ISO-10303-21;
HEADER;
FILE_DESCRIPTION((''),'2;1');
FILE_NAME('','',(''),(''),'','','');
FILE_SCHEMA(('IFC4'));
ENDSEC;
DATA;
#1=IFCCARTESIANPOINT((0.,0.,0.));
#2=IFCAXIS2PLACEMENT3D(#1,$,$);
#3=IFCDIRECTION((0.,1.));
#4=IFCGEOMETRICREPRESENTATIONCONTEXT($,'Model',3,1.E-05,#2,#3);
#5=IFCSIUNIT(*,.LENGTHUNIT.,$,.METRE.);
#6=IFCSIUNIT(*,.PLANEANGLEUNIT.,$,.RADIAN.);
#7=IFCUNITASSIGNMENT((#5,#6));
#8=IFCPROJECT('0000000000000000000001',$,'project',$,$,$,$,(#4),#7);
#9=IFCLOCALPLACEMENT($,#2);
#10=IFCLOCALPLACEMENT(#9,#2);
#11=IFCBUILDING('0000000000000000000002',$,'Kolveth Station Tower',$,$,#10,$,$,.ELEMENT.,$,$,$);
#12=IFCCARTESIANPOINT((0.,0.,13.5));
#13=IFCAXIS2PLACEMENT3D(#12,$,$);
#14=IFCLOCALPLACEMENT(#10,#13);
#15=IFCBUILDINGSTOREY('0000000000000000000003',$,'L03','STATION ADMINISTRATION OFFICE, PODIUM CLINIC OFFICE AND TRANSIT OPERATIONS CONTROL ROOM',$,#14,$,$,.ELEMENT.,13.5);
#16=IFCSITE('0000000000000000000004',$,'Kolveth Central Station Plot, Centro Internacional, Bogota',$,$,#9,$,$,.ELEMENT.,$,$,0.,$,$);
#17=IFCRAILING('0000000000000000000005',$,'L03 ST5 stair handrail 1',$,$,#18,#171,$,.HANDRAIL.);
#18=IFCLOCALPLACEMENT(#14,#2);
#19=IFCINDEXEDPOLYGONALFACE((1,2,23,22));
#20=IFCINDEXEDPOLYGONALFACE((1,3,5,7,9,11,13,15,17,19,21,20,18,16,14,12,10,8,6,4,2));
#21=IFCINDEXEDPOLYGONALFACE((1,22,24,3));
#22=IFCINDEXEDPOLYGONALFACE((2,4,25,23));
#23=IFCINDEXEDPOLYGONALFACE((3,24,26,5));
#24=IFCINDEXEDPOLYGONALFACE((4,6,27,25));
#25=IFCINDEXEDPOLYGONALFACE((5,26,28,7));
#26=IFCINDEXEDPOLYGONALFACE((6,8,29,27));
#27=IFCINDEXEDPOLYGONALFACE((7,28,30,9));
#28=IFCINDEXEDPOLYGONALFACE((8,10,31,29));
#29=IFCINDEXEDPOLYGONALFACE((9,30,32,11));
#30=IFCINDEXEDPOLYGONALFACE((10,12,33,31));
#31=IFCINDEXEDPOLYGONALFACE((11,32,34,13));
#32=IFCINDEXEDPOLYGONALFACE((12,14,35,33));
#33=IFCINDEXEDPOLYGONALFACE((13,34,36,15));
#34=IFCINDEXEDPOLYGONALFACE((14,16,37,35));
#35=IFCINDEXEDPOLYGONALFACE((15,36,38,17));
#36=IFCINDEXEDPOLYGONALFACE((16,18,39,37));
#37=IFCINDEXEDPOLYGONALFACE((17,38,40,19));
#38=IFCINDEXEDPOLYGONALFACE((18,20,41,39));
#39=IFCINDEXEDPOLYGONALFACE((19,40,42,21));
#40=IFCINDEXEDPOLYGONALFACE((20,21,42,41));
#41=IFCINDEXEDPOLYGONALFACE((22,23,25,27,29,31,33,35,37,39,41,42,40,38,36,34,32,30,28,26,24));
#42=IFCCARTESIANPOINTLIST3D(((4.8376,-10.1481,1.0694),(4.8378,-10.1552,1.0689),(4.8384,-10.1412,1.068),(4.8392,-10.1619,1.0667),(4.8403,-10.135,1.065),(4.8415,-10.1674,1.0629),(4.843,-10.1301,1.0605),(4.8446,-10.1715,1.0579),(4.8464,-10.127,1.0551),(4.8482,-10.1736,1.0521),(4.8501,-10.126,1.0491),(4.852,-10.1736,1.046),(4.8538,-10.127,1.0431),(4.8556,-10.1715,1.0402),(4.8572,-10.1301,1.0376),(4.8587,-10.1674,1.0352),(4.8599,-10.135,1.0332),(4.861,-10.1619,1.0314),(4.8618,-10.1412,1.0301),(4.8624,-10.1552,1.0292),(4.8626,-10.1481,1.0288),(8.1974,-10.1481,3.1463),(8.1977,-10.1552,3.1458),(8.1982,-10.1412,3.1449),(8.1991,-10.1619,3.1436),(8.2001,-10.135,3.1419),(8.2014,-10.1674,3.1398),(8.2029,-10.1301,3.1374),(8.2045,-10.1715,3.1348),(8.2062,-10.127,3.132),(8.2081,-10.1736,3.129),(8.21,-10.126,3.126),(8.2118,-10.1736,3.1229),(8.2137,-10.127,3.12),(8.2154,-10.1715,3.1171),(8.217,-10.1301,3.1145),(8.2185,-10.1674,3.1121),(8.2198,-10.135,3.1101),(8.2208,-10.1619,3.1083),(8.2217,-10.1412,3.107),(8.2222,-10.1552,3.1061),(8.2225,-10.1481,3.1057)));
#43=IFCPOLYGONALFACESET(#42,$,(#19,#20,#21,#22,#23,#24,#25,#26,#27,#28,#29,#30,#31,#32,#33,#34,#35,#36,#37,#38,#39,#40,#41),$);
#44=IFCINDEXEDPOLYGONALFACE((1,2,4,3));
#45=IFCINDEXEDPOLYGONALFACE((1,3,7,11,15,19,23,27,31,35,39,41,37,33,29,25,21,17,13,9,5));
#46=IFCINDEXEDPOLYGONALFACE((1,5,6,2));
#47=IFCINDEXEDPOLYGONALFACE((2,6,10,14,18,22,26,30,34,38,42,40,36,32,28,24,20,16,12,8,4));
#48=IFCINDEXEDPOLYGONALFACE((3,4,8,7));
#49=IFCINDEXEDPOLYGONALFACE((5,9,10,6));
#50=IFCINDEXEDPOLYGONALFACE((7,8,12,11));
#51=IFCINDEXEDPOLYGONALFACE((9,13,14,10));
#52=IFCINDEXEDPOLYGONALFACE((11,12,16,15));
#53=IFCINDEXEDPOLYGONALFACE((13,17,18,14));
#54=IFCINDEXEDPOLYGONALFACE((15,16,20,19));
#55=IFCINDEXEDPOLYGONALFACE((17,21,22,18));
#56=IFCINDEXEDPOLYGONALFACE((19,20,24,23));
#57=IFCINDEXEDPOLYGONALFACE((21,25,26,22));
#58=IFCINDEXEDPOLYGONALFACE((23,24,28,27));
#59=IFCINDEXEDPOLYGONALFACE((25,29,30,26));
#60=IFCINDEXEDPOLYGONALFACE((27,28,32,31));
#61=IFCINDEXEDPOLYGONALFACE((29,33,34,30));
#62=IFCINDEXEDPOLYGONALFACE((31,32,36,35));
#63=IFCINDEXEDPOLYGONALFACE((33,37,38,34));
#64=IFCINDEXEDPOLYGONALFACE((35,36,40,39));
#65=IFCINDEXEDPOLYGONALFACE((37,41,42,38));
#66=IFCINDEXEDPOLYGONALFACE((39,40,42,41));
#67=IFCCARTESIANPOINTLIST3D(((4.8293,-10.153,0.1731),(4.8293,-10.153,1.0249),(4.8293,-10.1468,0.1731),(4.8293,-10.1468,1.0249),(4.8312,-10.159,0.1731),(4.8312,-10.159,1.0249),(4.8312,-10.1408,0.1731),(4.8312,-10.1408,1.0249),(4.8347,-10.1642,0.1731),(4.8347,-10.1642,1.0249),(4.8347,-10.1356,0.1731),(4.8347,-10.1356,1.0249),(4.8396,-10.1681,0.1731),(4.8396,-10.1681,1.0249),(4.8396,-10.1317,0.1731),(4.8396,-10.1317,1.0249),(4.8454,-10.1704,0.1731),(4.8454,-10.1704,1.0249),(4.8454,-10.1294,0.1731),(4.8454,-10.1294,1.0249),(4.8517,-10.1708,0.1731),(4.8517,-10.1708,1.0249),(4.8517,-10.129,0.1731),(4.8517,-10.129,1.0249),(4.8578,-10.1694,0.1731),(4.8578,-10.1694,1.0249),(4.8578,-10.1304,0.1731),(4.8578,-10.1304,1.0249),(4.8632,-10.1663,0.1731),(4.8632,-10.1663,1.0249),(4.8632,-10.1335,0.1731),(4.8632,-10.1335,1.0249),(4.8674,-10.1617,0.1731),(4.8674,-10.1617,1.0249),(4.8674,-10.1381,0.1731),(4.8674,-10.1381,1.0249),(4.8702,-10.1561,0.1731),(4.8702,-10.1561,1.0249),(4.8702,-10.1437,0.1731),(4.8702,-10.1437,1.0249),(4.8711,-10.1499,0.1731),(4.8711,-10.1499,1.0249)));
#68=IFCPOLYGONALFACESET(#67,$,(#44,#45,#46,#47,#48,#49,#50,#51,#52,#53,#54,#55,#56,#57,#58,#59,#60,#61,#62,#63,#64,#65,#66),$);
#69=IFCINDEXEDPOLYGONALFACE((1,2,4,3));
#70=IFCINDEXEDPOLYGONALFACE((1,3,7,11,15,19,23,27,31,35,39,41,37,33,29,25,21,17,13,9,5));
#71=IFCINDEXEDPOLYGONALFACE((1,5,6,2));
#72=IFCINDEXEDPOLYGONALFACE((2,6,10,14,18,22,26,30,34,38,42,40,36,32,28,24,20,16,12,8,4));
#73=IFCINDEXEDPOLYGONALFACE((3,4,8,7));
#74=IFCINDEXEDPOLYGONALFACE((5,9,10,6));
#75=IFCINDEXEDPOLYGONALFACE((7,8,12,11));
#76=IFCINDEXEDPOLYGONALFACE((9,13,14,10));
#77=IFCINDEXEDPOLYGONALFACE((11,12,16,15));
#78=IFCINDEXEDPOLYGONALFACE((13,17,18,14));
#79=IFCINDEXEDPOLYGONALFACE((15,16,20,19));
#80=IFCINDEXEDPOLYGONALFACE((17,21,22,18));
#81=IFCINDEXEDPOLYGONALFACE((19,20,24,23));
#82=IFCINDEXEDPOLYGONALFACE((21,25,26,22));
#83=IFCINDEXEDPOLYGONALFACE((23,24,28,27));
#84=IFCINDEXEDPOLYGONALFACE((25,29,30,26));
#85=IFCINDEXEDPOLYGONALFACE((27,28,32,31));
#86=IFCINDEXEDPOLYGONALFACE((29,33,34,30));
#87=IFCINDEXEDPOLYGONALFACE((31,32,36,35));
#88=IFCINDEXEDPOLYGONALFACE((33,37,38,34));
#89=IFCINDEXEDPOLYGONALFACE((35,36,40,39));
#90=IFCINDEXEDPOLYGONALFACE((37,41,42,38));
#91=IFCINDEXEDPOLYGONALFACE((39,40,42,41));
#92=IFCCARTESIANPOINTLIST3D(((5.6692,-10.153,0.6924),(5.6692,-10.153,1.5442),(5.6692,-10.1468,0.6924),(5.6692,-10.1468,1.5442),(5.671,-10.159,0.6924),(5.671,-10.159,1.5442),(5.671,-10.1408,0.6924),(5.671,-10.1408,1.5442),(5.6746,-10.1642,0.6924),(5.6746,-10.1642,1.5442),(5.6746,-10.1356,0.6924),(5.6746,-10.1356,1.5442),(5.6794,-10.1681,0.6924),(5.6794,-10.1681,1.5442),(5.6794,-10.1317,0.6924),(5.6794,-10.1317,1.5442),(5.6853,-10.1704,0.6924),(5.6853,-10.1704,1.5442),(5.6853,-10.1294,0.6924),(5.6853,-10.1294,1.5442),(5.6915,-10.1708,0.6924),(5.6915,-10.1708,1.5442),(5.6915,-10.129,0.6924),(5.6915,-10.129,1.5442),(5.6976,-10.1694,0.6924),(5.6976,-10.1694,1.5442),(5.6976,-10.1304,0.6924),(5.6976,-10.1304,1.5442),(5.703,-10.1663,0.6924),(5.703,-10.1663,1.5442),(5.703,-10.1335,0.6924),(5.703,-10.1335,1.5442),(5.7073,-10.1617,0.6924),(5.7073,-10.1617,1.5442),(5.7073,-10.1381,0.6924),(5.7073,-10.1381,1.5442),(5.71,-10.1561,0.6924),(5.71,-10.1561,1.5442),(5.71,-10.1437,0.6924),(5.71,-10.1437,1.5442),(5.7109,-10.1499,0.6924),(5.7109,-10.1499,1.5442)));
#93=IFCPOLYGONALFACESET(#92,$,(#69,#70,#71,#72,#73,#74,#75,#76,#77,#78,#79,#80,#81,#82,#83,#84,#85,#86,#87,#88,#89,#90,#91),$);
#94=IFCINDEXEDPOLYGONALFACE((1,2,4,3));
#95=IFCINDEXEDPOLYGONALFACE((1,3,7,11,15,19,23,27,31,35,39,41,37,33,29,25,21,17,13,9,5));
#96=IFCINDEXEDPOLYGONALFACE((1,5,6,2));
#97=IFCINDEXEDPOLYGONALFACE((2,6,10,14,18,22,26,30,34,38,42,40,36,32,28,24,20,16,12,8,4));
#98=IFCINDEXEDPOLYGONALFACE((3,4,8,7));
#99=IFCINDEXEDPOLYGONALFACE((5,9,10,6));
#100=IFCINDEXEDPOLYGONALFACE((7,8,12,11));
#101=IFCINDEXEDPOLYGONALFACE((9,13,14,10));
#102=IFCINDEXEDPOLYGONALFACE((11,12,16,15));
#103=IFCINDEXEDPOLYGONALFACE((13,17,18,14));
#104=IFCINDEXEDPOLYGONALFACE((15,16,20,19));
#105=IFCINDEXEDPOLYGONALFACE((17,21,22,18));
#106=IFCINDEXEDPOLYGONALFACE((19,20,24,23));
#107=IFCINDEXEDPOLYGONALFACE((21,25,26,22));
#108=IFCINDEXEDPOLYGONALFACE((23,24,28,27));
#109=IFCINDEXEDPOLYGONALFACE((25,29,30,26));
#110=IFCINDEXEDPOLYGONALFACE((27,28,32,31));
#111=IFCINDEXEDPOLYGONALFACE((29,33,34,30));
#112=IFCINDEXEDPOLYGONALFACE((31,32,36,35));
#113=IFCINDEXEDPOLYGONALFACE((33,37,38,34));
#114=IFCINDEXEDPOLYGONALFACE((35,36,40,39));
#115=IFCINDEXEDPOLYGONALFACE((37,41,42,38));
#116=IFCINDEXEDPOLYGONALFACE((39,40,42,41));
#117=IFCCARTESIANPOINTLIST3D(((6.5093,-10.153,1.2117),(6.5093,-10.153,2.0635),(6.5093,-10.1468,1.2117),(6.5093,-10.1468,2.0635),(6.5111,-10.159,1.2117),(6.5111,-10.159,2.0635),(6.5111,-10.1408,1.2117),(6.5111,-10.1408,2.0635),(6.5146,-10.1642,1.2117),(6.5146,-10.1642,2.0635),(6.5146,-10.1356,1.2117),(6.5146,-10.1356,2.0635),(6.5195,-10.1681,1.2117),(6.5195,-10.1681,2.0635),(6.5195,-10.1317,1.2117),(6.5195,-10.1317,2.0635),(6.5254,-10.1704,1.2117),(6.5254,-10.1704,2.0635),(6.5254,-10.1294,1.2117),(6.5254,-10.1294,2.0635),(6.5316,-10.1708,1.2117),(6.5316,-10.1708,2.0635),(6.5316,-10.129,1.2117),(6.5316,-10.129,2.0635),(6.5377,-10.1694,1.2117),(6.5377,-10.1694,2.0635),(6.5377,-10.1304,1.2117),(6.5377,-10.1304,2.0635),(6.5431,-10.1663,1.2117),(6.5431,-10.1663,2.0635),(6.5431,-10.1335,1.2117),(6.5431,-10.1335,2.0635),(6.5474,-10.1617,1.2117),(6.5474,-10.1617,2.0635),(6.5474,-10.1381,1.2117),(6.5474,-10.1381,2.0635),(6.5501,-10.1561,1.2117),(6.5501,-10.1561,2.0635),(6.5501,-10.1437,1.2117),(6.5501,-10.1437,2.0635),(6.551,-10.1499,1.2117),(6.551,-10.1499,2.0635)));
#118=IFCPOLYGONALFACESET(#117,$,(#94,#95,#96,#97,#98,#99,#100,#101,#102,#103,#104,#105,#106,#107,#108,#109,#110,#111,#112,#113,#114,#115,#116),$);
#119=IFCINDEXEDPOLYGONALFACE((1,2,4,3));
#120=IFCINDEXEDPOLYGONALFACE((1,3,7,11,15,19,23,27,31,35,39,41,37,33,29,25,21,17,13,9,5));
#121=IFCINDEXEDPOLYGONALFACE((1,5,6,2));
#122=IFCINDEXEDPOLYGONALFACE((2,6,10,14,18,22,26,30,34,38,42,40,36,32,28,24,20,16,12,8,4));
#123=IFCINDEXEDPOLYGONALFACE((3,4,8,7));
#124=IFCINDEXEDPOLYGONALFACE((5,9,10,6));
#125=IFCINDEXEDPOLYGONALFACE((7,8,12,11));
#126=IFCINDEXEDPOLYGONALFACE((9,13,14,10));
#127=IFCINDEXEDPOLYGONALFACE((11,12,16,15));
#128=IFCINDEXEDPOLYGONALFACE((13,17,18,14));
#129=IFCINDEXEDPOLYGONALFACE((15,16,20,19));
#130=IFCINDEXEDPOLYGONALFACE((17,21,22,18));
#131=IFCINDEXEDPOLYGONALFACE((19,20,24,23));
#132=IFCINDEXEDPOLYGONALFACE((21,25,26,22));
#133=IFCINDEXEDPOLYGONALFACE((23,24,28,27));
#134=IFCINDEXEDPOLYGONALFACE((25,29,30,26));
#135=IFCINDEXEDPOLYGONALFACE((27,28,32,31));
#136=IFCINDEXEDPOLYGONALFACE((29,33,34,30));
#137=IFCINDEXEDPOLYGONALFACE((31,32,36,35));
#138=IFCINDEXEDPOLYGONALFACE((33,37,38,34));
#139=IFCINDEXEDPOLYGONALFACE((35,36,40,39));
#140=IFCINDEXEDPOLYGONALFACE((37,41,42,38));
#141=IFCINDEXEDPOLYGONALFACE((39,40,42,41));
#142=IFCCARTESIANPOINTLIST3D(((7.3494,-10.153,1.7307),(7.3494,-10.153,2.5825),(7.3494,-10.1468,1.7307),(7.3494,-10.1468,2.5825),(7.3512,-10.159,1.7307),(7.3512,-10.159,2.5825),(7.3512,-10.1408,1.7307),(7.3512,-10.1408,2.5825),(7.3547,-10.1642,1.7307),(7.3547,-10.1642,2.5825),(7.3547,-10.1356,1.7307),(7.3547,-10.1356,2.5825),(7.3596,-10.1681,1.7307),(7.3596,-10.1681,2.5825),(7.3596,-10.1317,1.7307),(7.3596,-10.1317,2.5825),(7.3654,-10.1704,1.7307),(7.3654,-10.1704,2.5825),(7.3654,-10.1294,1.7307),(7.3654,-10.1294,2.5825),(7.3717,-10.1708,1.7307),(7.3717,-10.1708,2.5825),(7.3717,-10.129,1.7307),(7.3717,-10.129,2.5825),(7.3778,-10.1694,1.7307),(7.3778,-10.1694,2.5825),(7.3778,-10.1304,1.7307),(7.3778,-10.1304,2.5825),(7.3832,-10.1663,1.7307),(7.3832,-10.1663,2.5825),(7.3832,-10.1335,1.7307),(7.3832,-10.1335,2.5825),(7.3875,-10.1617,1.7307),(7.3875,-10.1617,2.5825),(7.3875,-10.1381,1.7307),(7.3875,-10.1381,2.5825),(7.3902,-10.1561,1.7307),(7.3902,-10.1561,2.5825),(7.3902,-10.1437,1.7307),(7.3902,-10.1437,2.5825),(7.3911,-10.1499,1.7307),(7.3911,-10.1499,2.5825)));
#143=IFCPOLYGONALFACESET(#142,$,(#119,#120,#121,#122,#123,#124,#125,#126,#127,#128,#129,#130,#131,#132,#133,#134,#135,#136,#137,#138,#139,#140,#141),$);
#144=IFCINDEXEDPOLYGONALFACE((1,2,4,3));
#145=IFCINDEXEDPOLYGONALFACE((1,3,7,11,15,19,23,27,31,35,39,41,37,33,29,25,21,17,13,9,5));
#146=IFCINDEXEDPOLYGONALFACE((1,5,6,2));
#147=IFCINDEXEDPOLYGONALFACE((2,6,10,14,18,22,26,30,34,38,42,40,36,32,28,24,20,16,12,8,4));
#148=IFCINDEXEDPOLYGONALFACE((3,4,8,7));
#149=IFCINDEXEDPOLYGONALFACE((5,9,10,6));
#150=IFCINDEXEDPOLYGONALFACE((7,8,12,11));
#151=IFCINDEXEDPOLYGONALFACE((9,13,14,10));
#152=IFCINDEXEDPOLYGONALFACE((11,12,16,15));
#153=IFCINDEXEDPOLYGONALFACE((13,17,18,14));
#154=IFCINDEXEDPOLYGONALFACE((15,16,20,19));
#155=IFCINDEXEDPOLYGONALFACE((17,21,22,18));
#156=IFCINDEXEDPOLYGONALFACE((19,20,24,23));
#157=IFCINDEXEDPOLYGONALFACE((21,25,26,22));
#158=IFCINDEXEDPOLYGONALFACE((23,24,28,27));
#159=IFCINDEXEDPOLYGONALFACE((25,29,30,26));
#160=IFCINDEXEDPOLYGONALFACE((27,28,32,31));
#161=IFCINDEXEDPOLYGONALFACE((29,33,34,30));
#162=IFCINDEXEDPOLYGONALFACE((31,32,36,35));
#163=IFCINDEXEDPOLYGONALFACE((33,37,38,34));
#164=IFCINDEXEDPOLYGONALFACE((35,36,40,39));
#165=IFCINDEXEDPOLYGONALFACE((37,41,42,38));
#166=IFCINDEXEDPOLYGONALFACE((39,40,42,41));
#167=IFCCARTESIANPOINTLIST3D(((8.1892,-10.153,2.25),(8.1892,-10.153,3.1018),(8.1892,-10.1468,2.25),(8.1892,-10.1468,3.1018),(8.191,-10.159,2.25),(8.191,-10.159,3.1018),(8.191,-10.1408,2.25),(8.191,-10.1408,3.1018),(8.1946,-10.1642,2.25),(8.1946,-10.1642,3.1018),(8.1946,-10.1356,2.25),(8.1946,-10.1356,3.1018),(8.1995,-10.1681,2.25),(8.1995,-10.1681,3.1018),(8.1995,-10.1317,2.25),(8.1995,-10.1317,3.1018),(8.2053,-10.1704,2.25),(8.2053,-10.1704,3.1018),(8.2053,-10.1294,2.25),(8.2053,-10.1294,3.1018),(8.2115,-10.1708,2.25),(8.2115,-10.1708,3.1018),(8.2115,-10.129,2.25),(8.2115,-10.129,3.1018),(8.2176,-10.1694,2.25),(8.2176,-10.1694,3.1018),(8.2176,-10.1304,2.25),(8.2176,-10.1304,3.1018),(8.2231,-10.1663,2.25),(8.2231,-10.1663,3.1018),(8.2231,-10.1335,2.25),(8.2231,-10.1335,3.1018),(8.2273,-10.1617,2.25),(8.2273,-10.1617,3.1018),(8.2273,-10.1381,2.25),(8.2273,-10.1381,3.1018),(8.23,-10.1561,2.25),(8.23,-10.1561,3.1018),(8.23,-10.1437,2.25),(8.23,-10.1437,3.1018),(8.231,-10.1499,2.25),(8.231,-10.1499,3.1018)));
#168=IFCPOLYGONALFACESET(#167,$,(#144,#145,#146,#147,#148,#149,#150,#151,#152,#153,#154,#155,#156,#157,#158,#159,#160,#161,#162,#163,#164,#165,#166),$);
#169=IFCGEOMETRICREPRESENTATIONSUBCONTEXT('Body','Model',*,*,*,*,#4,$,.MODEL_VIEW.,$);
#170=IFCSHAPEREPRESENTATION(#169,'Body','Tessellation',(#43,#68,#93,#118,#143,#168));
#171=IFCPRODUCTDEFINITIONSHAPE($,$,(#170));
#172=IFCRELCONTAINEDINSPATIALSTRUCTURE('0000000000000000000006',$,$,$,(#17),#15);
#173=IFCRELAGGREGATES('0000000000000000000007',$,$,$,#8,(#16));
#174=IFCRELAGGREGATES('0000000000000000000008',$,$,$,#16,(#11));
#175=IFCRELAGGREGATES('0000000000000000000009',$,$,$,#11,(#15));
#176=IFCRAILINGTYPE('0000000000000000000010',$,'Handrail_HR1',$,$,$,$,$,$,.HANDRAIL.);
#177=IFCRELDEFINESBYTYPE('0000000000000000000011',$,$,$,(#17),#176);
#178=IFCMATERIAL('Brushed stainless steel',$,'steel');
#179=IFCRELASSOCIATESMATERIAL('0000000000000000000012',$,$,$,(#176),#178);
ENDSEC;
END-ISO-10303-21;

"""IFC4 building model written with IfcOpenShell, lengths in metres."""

from ifc_helpers import new_model, si_unit, direction, frame, origin, origin_2d, place, context, subcontext, project, spatial, circle, extrude, material, type_object, element, save


model = new_model("IFC4")

# Units and contexts
model_context = context("Model", 3, precision=1e-05, world=origin(), true_north=direction((0.0, 1.0)))
body_context = subcontext(model_context, "Body", "Model", "MODEL_VIEW")
ifc_project = project(units=[si_unit("LENGTHUNIT", "METRE"), si_unit("PLANEANGLEUNIT", "RADIAN")], contexts=[model_context])

# Site, building, storey
site_placement = place(None, origin())
site = spatial("IfcSite", under=ifc_project, at=site_placement, Name="Kolveth Central Station Plot, Centro Internacional, Bogota", CompositionType="ELEMENT", RefElevation=0.0)
building_placement = place(site_placement, origin())
building = spatial("IfcBuilding", under=site, at=building_placement, Name="Kolveth Station Tower", CompositionType="ELEMENT")
storey_placement = place(building_placement, frame((0.0, 0.0, 13.5)))
storey = spatial("IfcBuildingStorey", under=building, at=storey_placement, Name="L03", Description="STATION ADMINISTRATION OFFICE, PODIUM CLINIC OFFICE AND TRANSIT OPERATIONS CONTROL ROOM", CompositionType="ELEMENT", Elevation=13.5)

# Railing
ifc_material_1 = material(Name="Brushed stainless steel", Category="steel")
railing_type_1 = type_object("IfcRailingType", Name="Handrail_HR1", PredefinedType="HANDRAIL", material=ifc_material_1)
railing_1_placement = place(storey_placement, frame((4.8501, -10.1499, 0.1731)))
element("IfcRailing", 1, at=railing_1_placement, inside=storey, type_object=railing_type_1, Name="L03 ST5 stair handrail 1", PredefinedType="HANDRAIL", context=body_context, shape_type="SweptSolid", body=[
    extrude(circle(Radius=0.0239, at=origin_2d()), frame((0.0, 0.0, 0.876), z_axis=(0.850606, 0.0, 0.525803), x_axis=(0.0, 1.0, 0.0)), (0.0, 0.0, 1.0), 3.95),
    extrude(circle(Radius=0.021, at=origin_2d()), origin(), (0.0, 0.0, 1.0), 0.8518),
    extrude(circle(Radius=0.021, at=origin_2d()), frame((0.8398, 0.0, 0.5193)), (0.0, 0.0, 1.0), 0.8518),
    extrude(circle(Radius=0.021, at=origin_2d()), frame((1.6799, 0.0, 1.0386)), (0.0, 0.0, 1.0), 0.8518),
    extrude(circle(Radius=0.021, at=origin_2d()), frame((2.52, 0.0, 1.5576)), (0.0, 0.0, 1.0), 0.8518),
    extrude(circle(Radius=0.021, at=origin_2d()), frame((3.3599, 0.0, 2.0769)), (0.0, 0.0, 1.0), 0.8518),
])

save(model, "model.ifc")
